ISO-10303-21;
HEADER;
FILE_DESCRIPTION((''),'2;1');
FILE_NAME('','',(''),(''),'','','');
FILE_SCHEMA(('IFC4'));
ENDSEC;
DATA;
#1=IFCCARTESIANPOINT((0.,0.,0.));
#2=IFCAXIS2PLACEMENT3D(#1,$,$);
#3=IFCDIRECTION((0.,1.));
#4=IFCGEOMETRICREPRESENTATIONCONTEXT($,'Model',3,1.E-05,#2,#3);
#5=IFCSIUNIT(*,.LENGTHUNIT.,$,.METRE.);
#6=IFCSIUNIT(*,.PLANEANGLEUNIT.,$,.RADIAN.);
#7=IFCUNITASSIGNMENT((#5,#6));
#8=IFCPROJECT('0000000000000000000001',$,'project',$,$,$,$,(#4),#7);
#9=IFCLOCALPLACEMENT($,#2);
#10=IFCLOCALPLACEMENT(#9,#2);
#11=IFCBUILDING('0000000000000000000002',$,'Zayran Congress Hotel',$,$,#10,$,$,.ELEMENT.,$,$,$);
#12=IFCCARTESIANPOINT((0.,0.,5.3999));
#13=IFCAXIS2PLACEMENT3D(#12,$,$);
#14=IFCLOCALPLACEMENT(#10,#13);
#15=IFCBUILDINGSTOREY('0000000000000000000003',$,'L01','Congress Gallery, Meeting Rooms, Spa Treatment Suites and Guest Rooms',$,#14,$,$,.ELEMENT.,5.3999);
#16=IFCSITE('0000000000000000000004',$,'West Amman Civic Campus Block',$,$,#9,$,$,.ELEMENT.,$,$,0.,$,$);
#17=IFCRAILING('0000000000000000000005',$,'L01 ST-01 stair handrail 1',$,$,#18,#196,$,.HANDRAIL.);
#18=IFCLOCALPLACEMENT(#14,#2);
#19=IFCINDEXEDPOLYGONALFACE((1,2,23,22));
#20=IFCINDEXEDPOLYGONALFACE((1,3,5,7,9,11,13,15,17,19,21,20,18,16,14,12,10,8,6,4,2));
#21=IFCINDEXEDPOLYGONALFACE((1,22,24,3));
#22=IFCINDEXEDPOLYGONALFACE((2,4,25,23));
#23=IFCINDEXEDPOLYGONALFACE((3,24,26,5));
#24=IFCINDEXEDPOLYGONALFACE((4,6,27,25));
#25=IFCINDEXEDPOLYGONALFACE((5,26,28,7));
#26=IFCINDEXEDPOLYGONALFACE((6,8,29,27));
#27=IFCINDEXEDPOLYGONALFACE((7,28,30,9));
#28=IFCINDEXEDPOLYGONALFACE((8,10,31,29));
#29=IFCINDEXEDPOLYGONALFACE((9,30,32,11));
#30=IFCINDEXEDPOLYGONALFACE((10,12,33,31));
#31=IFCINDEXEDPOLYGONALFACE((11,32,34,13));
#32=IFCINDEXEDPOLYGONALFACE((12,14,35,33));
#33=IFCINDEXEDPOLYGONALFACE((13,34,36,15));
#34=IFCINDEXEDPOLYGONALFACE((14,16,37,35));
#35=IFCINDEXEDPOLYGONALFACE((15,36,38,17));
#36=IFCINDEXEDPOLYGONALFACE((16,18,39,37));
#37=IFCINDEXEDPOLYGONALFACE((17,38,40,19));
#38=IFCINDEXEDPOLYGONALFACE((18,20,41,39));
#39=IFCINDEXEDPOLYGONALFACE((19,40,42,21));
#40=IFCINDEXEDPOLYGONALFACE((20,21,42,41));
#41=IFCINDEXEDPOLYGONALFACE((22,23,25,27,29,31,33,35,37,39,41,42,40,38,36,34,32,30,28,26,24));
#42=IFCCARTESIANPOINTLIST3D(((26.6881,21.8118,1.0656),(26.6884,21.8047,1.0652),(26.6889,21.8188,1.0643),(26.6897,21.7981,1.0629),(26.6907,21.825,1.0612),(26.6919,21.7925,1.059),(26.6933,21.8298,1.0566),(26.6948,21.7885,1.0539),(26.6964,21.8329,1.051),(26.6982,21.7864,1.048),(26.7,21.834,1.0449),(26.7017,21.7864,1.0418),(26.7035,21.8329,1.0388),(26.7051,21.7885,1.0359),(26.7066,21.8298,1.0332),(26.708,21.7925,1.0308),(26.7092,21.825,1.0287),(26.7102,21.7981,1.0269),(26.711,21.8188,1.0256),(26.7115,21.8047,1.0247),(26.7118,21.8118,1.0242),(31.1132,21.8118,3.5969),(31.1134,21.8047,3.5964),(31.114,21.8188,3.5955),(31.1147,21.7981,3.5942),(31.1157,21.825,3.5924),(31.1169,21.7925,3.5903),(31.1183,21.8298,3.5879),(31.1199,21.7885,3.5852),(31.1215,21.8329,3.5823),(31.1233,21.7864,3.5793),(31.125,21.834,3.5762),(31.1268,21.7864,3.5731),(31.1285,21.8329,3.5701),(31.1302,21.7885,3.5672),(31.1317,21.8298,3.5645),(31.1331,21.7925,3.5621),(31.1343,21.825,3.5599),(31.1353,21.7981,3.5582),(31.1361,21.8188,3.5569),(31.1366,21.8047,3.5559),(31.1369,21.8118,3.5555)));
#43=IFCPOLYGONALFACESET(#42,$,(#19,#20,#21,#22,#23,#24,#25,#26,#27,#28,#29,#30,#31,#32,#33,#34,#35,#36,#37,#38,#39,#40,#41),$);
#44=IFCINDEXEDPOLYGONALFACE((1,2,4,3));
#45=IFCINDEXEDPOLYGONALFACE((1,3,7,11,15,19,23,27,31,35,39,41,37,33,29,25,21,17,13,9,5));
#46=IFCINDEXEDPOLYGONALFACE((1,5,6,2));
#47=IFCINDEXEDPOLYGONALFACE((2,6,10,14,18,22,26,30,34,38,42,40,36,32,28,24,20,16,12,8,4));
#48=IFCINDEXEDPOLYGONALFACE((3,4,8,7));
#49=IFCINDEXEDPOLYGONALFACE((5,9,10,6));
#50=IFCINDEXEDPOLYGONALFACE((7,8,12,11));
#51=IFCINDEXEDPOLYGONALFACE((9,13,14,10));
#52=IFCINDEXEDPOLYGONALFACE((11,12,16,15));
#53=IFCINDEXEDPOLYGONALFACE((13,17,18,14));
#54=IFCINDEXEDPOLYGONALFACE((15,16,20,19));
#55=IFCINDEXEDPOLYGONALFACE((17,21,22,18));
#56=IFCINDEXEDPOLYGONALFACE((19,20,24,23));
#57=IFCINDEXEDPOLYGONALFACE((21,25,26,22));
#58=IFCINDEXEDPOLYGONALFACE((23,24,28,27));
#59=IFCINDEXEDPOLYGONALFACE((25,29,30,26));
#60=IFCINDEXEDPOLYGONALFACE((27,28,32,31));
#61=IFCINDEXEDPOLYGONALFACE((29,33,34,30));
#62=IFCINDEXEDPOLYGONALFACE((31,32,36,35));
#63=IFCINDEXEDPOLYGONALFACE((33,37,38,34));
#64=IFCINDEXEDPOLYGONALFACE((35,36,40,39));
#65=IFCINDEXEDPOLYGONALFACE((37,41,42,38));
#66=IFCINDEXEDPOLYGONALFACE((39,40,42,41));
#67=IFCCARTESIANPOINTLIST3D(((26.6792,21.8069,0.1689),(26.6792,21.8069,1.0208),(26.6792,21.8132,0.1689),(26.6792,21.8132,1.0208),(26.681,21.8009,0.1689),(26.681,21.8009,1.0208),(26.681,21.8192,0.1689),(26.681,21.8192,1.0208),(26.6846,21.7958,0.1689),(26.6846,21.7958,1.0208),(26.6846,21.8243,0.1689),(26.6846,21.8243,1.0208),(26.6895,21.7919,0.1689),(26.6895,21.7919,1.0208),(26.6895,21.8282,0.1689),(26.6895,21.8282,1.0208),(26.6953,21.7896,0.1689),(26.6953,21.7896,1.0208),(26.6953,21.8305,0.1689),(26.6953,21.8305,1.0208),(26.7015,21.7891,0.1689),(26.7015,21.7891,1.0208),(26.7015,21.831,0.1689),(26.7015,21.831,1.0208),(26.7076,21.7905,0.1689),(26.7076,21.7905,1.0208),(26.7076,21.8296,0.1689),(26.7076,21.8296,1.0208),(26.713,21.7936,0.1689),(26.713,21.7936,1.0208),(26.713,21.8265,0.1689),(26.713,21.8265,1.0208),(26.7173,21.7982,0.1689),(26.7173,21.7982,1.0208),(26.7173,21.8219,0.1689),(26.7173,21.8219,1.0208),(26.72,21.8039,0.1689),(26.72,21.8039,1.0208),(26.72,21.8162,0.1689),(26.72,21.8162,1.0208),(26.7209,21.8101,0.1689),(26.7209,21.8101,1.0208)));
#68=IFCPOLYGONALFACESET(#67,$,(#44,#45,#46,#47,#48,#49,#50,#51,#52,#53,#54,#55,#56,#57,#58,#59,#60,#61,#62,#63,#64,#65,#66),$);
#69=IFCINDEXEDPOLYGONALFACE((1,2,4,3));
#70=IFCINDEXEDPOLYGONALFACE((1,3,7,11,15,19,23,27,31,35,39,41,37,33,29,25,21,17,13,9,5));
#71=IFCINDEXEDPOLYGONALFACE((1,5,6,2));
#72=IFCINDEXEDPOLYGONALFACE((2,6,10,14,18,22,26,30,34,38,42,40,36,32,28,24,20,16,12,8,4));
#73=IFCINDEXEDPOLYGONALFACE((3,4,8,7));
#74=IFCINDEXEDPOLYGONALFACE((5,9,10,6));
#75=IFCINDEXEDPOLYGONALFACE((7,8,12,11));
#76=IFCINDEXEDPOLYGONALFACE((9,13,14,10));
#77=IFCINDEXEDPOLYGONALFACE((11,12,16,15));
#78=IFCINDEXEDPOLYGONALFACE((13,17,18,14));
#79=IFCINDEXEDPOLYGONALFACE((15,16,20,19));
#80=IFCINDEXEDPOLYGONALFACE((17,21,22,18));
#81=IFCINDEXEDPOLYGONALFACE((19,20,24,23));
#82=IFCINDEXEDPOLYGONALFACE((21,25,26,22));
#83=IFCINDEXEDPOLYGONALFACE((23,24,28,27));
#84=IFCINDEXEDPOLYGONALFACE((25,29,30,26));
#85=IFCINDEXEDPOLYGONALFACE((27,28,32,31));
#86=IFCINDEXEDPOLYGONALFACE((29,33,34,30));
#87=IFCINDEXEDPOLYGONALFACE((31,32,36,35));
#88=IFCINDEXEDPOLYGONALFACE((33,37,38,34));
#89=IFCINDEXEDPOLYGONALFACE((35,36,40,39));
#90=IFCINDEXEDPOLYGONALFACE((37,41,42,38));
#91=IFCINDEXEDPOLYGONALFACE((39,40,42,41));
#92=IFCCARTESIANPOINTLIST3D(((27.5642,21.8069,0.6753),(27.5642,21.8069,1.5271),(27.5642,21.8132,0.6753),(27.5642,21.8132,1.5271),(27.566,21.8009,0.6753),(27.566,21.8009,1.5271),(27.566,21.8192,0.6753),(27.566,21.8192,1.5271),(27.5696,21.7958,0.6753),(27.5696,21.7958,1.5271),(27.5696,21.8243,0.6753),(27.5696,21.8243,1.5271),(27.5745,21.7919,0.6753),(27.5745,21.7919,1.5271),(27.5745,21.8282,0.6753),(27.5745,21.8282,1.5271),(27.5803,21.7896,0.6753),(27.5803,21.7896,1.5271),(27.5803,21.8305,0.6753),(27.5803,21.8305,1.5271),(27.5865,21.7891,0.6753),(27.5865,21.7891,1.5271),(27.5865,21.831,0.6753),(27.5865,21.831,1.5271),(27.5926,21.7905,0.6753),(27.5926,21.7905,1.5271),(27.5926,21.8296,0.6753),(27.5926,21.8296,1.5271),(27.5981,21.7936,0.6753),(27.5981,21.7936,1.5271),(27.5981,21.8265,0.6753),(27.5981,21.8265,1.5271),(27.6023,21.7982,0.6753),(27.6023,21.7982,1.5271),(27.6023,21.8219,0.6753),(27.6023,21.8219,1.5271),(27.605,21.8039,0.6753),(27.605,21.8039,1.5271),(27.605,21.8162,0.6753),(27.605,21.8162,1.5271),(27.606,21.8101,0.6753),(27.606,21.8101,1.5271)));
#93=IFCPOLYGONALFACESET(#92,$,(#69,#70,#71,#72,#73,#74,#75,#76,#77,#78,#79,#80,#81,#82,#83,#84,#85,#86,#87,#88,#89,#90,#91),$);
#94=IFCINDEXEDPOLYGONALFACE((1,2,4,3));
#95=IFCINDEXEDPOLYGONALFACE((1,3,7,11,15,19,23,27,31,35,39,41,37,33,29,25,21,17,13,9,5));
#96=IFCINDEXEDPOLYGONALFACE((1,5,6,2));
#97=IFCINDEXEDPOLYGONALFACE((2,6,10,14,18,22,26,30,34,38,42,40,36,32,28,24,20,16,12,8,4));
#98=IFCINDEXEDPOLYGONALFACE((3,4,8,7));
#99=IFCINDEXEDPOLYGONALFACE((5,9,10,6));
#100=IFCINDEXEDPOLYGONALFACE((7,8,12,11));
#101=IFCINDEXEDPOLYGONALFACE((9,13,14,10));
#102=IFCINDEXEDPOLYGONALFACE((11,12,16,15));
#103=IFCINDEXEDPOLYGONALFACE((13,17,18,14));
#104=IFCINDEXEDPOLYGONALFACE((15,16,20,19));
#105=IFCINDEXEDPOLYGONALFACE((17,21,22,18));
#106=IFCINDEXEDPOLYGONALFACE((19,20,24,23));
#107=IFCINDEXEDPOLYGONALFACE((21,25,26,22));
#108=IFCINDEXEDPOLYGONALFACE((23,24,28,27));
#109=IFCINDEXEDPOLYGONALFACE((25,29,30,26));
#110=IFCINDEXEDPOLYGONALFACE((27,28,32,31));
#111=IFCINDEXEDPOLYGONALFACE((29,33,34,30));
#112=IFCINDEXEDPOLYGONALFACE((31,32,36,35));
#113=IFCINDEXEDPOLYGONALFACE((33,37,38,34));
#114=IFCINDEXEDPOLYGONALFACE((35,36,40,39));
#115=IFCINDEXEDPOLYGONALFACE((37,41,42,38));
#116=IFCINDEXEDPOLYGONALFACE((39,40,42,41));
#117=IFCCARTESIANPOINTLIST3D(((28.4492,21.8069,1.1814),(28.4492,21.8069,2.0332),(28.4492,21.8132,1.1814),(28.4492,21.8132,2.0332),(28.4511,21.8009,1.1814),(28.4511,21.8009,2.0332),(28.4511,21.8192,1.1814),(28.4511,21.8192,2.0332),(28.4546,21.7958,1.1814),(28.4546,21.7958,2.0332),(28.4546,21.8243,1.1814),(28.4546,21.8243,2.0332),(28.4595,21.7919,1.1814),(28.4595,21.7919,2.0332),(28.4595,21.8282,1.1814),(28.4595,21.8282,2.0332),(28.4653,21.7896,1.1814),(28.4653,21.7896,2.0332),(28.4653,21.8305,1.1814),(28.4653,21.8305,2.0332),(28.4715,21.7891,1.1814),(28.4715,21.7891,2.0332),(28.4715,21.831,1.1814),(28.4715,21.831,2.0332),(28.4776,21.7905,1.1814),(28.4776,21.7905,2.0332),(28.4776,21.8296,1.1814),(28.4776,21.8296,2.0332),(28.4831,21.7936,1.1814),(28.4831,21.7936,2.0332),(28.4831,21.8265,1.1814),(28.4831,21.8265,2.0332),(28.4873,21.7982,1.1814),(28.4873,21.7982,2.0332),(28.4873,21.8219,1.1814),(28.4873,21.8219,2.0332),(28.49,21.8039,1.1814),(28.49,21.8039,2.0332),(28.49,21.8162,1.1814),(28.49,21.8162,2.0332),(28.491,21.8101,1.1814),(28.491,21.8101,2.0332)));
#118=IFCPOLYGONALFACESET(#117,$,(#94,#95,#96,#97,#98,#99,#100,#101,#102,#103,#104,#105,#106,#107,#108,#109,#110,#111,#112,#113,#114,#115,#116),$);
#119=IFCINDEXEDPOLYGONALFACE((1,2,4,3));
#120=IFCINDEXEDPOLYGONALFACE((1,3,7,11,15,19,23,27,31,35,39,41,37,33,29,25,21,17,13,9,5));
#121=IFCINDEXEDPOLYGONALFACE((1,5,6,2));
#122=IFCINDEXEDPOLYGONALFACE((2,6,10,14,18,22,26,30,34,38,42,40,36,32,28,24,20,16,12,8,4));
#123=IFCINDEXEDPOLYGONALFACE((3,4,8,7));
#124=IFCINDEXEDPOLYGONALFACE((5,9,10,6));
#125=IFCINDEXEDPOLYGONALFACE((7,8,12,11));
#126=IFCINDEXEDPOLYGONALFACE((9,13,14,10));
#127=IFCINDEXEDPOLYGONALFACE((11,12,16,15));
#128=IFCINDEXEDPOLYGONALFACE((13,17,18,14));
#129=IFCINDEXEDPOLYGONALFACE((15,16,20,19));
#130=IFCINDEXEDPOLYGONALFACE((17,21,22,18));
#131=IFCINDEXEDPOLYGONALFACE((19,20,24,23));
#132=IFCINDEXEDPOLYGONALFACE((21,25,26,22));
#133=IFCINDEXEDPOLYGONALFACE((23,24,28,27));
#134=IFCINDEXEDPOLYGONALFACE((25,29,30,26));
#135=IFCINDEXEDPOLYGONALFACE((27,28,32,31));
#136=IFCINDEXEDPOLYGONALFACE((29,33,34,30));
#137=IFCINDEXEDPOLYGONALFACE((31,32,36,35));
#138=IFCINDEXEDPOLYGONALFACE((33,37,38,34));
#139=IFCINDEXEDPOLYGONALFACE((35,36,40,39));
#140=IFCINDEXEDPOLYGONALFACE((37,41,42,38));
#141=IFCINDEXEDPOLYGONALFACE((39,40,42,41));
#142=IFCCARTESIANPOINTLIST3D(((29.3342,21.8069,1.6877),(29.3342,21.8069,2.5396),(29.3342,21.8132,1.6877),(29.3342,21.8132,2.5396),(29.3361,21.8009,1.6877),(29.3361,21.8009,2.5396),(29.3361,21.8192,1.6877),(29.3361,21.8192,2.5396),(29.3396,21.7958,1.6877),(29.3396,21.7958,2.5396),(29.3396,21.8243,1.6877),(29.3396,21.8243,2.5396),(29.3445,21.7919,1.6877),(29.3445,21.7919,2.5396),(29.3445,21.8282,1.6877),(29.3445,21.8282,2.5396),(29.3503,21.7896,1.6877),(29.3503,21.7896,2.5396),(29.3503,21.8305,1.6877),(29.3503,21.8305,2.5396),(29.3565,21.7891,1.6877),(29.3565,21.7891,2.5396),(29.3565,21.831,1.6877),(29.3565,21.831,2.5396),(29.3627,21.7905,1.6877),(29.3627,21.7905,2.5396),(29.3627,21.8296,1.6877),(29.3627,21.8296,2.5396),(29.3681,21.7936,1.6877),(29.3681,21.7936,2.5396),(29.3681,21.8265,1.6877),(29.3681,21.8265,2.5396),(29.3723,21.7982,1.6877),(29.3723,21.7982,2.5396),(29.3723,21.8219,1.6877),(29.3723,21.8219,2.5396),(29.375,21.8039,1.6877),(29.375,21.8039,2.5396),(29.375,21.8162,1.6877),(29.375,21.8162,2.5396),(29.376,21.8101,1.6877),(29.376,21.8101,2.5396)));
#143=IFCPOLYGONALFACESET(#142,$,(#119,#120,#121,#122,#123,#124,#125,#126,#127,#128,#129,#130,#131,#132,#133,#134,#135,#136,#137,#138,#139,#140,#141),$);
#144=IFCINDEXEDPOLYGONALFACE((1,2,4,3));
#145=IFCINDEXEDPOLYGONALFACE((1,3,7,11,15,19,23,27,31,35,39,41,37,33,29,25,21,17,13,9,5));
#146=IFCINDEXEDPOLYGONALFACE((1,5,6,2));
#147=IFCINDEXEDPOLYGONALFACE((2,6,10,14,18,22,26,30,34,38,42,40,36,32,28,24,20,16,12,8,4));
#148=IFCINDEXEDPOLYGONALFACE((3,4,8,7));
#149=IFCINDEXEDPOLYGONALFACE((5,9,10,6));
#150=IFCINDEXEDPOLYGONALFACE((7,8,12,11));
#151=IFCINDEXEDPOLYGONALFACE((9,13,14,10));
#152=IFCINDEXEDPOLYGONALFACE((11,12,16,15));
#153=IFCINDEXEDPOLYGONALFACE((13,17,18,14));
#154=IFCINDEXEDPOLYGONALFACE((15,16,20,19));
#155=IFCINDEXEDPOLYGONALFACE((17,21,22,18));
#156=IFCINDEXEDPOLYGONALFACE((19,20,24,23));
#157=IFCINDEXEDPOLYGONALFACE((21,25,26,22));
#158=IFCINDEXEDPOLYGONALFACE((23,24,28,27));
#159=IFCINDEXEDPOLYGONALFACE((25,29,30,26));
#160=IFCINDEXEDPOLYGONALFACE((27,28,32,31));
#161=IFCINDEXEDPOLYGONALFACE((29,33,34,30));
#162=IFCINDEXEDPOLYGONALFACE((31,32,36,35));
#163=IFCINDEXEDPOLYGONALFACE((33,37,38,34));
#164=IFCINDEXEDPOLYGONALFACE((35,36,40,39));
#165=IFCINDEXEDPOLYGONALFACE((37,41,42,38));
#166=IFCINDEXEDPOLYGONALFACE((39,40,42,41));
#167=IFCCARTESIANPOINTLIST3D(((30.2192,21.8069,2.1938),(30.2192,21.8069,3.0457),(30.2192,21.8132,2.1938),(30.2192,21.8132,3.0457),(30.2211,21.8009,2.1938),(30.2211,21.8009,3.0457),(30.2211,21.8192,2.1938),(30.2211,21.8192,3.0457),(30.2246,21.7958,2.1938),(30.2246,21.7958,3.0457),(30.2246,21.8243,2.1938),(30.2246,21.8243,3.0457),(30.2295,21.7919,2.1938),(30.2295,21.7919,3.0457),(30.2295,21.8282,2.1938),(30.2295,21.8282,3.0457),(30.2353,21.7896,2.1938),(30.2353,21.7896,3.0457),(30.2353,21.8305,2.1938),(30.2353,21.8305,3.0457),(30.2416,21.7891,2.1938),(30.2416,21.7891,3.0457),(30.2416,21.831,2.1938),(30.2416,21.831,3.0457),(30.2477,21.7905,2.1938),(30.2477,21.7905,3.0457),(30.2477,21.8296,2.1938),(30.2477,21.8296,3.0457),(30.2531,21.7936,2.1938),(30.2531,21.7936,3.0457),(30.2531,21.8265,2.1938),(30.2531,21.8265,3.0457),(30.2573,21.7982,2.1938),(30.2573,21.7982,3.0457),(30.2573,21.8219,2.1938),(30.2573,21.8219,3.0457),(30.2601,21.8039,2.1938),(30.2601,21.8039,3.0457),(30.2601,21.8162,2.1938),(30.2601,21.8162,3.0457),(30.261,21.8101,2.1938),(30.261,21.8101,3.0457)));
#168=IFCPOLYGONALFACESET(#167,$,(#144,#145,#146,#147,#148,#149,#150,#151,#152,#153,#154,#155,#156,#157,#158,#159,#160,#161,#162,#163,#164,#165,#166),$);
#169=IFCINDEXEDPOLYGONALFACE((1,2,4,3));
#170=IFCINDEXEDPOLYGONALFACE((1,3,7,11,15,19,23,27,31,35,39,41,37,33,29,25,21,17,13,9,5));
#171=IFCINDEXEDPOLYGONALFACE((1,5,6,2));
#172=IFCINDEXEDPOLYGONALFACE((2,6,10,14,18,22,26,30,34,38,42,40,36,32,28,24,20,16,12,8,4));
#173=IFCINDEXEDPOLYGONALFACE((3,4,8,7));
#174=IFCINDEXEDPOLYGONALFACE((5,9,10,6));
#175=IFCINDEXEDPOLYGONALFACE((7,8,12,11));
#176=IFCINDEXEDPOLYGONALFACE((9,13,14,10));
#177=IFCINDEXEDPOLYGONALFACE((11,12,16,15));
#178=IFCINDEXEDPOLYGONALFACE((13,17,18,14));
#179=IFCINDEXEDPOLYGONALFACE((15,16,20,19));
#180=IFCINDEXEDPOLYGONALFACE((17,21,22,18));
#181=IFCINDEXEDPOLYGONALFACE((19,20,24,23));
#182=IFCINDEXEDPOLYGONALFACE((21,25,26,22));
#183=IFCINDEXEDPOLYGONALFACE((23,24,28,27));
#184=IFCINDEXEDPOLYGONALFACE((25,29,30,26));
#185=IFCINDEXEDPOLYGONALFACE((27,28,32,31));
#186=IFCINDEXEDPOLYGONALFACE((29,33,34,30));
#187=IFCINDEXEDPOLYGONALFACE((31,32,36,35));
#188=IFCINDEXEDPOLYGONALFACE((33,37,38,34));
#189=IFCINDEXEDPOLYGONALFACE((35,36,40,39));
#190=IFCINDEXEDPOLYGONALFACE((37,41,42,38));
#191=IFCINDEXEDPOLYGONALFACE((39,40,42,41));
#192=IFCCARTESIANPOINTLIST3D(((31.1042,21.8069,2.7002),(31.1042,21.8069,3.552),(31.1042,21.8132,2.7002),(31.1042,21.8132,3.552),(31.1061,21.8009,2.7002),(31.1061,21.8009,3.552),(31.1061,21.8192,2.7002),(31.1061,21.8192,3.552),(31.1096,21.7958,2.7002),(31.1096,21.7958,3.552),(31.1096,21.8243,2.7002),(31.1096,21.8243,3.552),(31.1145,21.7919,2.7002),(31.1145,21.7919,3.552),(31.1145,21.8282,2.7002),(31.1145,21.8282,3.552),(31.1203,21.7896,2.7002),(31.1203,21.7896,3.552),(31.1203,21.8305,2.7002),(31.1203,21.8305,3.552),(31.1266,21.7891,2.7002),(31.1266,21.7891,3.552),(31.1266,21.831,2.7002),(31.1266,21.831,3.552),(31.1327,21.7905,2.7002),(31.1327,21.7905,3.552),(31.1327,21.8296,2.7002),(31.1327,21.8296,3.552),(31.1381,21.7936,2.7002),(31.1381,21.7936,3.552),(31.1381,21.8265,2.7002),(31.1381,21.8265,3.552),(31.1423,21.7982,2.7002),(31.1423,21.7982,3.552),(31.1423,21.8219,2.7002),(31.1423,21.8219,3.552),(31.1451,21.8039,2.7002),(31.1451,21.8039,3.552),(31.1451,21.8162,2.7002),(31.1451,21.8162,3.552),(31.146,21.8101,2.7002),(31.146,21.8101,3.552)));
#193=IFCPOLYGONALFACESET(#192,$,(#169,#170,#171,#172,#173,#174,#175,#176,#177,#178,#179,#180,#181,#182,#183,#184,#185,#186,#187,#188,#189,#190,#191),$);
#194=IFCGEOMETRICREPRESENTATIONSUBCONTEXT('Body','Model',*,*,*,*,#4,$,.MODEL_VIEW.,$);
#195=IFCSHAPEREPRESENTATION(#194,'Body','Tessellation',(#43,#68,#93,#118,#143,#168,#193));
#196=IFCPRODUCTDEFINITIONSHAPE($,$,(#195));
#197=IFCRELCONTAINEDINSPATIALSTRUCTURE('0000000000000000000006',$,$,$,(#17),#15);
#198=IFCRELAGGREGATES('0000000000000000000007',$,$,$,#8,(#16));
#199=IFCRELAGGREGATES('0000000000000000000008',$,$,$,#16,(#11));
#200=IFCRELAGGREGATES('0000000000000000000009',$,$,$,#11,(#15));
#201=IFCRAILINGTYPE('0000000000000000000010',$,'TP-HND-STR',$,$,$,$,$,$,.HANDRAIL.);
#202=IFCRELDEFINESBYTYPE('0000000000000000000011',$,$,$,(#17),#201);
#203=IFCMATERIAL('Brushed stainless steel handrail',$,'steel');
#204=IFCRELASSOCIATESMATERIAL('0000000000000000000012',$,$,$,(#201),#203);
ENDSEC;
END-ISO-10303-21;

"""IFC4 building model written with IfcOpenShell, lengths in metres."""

from ifc_helpers import new_model, si_unit, direction, frame, origin, origin_2d, place, context, subcontext, project, spatial, circle, extrude, material, type_object, element, save


model = new_model("IFC4")

# Units and contexts
model_context = context("Model", 3, precision=1e-05, world=origin(), true_north=direction((0.0, 1.0)))
body_context = subcontext(model_context, "Body", "Model", "MODEL_VIEW")
ifc_project = project(units=[si_unit("LENGTHUNIT", "METRE"), si_unit("PLANEANGLEUNIT", "RADIAN")], contexts=[model_context])

# Site, building, storey
site_placement = place(None, origin())
site = spatial("IfcSite", under=ifc_project, at=site_placement, Name="West Amman Civic Campus Block", CompositionType="ELEMENT", RefElevation=0.0)
building_placement = place(site_placement, origin())
building = spatial("IfcBuilding", under=site, at=building_placement, Name="Zayran Congress Hotel", CompositionType="ELEMENT")
storey_placement = place(building_placement, frame((0.0, 0.0, 5.3999)))
storey = spatial("IfcBuildingStorey", under=building, at=storey_placement, Name="L01", Description="Congress Gallery, Meeting Rooms, Spa Treatment Suites and Guest Rooms", CompositionType="ELEMENT", Elevation=5.3999)

# Railing
ifc_material_1 = material(Name="Brushed stainless steel handrail", Category="steel")
railing_type_1 = type_object("IfcRailingType", Name="TP-HND-STR", PredefinedType="HANDRAIL", material=ifc_material_1)
railing_1_placement = place(storey_placement, frame((26.7, 21.8101, 0.1689)))
element("IfcRailing", 1, at=railing_1_placement, inside=storey, type_object=railing_type_1, Name="L01 ST-01 stair handrail 1", PredefinedType="HANDRAIL", context=body_context, shape_type="SweptSolid", body=[
    extrude(circle(Radius=0.0239, at=origin_2d()), frame((0.0, 0.0, 0.876), z_axis=(0.868019, 0.0, 0.496531), x_axis=(0.0, 1.0, 0.0)), (0.0, 0.0, 1.0), 5.0979),
    extrude(circle(Radius=0.021, at=origin_2d()), origin(), (0.0, 0.0, 1.0), 0.8518),
    extrude(circle(Radius=0.021, at=origin_2d()), frame((0.885, 0.0, 0.5063)), (0.0, 0.0, 1.0), 0.8518),
    extrude(circle(Radius=0.021, at=origin_2d()), frame((1.77, 0.0, 1.0125)), (0.0, 0.0, 1.0), 0.8518),
    extrude(circle(Radius=0.021, at=origin_2d()), frame((2.655, 0.0, 1.5188)), (0.0, 0.0, 1.0), 0.8518),
    extrude(circle(Radius=0.021, at=origin_2d()), frame((3.54, 0.0, 2.0249)), (0.0, 0.0, 1.0), 0.8518),
    extrude(circle(Radius=0.021, at=origin_2d()), frame((4.425, 0.0, 2.5312)), (0.0, 0.0, 1.0), 0.8518),
])

save(model, "model.ifc")
